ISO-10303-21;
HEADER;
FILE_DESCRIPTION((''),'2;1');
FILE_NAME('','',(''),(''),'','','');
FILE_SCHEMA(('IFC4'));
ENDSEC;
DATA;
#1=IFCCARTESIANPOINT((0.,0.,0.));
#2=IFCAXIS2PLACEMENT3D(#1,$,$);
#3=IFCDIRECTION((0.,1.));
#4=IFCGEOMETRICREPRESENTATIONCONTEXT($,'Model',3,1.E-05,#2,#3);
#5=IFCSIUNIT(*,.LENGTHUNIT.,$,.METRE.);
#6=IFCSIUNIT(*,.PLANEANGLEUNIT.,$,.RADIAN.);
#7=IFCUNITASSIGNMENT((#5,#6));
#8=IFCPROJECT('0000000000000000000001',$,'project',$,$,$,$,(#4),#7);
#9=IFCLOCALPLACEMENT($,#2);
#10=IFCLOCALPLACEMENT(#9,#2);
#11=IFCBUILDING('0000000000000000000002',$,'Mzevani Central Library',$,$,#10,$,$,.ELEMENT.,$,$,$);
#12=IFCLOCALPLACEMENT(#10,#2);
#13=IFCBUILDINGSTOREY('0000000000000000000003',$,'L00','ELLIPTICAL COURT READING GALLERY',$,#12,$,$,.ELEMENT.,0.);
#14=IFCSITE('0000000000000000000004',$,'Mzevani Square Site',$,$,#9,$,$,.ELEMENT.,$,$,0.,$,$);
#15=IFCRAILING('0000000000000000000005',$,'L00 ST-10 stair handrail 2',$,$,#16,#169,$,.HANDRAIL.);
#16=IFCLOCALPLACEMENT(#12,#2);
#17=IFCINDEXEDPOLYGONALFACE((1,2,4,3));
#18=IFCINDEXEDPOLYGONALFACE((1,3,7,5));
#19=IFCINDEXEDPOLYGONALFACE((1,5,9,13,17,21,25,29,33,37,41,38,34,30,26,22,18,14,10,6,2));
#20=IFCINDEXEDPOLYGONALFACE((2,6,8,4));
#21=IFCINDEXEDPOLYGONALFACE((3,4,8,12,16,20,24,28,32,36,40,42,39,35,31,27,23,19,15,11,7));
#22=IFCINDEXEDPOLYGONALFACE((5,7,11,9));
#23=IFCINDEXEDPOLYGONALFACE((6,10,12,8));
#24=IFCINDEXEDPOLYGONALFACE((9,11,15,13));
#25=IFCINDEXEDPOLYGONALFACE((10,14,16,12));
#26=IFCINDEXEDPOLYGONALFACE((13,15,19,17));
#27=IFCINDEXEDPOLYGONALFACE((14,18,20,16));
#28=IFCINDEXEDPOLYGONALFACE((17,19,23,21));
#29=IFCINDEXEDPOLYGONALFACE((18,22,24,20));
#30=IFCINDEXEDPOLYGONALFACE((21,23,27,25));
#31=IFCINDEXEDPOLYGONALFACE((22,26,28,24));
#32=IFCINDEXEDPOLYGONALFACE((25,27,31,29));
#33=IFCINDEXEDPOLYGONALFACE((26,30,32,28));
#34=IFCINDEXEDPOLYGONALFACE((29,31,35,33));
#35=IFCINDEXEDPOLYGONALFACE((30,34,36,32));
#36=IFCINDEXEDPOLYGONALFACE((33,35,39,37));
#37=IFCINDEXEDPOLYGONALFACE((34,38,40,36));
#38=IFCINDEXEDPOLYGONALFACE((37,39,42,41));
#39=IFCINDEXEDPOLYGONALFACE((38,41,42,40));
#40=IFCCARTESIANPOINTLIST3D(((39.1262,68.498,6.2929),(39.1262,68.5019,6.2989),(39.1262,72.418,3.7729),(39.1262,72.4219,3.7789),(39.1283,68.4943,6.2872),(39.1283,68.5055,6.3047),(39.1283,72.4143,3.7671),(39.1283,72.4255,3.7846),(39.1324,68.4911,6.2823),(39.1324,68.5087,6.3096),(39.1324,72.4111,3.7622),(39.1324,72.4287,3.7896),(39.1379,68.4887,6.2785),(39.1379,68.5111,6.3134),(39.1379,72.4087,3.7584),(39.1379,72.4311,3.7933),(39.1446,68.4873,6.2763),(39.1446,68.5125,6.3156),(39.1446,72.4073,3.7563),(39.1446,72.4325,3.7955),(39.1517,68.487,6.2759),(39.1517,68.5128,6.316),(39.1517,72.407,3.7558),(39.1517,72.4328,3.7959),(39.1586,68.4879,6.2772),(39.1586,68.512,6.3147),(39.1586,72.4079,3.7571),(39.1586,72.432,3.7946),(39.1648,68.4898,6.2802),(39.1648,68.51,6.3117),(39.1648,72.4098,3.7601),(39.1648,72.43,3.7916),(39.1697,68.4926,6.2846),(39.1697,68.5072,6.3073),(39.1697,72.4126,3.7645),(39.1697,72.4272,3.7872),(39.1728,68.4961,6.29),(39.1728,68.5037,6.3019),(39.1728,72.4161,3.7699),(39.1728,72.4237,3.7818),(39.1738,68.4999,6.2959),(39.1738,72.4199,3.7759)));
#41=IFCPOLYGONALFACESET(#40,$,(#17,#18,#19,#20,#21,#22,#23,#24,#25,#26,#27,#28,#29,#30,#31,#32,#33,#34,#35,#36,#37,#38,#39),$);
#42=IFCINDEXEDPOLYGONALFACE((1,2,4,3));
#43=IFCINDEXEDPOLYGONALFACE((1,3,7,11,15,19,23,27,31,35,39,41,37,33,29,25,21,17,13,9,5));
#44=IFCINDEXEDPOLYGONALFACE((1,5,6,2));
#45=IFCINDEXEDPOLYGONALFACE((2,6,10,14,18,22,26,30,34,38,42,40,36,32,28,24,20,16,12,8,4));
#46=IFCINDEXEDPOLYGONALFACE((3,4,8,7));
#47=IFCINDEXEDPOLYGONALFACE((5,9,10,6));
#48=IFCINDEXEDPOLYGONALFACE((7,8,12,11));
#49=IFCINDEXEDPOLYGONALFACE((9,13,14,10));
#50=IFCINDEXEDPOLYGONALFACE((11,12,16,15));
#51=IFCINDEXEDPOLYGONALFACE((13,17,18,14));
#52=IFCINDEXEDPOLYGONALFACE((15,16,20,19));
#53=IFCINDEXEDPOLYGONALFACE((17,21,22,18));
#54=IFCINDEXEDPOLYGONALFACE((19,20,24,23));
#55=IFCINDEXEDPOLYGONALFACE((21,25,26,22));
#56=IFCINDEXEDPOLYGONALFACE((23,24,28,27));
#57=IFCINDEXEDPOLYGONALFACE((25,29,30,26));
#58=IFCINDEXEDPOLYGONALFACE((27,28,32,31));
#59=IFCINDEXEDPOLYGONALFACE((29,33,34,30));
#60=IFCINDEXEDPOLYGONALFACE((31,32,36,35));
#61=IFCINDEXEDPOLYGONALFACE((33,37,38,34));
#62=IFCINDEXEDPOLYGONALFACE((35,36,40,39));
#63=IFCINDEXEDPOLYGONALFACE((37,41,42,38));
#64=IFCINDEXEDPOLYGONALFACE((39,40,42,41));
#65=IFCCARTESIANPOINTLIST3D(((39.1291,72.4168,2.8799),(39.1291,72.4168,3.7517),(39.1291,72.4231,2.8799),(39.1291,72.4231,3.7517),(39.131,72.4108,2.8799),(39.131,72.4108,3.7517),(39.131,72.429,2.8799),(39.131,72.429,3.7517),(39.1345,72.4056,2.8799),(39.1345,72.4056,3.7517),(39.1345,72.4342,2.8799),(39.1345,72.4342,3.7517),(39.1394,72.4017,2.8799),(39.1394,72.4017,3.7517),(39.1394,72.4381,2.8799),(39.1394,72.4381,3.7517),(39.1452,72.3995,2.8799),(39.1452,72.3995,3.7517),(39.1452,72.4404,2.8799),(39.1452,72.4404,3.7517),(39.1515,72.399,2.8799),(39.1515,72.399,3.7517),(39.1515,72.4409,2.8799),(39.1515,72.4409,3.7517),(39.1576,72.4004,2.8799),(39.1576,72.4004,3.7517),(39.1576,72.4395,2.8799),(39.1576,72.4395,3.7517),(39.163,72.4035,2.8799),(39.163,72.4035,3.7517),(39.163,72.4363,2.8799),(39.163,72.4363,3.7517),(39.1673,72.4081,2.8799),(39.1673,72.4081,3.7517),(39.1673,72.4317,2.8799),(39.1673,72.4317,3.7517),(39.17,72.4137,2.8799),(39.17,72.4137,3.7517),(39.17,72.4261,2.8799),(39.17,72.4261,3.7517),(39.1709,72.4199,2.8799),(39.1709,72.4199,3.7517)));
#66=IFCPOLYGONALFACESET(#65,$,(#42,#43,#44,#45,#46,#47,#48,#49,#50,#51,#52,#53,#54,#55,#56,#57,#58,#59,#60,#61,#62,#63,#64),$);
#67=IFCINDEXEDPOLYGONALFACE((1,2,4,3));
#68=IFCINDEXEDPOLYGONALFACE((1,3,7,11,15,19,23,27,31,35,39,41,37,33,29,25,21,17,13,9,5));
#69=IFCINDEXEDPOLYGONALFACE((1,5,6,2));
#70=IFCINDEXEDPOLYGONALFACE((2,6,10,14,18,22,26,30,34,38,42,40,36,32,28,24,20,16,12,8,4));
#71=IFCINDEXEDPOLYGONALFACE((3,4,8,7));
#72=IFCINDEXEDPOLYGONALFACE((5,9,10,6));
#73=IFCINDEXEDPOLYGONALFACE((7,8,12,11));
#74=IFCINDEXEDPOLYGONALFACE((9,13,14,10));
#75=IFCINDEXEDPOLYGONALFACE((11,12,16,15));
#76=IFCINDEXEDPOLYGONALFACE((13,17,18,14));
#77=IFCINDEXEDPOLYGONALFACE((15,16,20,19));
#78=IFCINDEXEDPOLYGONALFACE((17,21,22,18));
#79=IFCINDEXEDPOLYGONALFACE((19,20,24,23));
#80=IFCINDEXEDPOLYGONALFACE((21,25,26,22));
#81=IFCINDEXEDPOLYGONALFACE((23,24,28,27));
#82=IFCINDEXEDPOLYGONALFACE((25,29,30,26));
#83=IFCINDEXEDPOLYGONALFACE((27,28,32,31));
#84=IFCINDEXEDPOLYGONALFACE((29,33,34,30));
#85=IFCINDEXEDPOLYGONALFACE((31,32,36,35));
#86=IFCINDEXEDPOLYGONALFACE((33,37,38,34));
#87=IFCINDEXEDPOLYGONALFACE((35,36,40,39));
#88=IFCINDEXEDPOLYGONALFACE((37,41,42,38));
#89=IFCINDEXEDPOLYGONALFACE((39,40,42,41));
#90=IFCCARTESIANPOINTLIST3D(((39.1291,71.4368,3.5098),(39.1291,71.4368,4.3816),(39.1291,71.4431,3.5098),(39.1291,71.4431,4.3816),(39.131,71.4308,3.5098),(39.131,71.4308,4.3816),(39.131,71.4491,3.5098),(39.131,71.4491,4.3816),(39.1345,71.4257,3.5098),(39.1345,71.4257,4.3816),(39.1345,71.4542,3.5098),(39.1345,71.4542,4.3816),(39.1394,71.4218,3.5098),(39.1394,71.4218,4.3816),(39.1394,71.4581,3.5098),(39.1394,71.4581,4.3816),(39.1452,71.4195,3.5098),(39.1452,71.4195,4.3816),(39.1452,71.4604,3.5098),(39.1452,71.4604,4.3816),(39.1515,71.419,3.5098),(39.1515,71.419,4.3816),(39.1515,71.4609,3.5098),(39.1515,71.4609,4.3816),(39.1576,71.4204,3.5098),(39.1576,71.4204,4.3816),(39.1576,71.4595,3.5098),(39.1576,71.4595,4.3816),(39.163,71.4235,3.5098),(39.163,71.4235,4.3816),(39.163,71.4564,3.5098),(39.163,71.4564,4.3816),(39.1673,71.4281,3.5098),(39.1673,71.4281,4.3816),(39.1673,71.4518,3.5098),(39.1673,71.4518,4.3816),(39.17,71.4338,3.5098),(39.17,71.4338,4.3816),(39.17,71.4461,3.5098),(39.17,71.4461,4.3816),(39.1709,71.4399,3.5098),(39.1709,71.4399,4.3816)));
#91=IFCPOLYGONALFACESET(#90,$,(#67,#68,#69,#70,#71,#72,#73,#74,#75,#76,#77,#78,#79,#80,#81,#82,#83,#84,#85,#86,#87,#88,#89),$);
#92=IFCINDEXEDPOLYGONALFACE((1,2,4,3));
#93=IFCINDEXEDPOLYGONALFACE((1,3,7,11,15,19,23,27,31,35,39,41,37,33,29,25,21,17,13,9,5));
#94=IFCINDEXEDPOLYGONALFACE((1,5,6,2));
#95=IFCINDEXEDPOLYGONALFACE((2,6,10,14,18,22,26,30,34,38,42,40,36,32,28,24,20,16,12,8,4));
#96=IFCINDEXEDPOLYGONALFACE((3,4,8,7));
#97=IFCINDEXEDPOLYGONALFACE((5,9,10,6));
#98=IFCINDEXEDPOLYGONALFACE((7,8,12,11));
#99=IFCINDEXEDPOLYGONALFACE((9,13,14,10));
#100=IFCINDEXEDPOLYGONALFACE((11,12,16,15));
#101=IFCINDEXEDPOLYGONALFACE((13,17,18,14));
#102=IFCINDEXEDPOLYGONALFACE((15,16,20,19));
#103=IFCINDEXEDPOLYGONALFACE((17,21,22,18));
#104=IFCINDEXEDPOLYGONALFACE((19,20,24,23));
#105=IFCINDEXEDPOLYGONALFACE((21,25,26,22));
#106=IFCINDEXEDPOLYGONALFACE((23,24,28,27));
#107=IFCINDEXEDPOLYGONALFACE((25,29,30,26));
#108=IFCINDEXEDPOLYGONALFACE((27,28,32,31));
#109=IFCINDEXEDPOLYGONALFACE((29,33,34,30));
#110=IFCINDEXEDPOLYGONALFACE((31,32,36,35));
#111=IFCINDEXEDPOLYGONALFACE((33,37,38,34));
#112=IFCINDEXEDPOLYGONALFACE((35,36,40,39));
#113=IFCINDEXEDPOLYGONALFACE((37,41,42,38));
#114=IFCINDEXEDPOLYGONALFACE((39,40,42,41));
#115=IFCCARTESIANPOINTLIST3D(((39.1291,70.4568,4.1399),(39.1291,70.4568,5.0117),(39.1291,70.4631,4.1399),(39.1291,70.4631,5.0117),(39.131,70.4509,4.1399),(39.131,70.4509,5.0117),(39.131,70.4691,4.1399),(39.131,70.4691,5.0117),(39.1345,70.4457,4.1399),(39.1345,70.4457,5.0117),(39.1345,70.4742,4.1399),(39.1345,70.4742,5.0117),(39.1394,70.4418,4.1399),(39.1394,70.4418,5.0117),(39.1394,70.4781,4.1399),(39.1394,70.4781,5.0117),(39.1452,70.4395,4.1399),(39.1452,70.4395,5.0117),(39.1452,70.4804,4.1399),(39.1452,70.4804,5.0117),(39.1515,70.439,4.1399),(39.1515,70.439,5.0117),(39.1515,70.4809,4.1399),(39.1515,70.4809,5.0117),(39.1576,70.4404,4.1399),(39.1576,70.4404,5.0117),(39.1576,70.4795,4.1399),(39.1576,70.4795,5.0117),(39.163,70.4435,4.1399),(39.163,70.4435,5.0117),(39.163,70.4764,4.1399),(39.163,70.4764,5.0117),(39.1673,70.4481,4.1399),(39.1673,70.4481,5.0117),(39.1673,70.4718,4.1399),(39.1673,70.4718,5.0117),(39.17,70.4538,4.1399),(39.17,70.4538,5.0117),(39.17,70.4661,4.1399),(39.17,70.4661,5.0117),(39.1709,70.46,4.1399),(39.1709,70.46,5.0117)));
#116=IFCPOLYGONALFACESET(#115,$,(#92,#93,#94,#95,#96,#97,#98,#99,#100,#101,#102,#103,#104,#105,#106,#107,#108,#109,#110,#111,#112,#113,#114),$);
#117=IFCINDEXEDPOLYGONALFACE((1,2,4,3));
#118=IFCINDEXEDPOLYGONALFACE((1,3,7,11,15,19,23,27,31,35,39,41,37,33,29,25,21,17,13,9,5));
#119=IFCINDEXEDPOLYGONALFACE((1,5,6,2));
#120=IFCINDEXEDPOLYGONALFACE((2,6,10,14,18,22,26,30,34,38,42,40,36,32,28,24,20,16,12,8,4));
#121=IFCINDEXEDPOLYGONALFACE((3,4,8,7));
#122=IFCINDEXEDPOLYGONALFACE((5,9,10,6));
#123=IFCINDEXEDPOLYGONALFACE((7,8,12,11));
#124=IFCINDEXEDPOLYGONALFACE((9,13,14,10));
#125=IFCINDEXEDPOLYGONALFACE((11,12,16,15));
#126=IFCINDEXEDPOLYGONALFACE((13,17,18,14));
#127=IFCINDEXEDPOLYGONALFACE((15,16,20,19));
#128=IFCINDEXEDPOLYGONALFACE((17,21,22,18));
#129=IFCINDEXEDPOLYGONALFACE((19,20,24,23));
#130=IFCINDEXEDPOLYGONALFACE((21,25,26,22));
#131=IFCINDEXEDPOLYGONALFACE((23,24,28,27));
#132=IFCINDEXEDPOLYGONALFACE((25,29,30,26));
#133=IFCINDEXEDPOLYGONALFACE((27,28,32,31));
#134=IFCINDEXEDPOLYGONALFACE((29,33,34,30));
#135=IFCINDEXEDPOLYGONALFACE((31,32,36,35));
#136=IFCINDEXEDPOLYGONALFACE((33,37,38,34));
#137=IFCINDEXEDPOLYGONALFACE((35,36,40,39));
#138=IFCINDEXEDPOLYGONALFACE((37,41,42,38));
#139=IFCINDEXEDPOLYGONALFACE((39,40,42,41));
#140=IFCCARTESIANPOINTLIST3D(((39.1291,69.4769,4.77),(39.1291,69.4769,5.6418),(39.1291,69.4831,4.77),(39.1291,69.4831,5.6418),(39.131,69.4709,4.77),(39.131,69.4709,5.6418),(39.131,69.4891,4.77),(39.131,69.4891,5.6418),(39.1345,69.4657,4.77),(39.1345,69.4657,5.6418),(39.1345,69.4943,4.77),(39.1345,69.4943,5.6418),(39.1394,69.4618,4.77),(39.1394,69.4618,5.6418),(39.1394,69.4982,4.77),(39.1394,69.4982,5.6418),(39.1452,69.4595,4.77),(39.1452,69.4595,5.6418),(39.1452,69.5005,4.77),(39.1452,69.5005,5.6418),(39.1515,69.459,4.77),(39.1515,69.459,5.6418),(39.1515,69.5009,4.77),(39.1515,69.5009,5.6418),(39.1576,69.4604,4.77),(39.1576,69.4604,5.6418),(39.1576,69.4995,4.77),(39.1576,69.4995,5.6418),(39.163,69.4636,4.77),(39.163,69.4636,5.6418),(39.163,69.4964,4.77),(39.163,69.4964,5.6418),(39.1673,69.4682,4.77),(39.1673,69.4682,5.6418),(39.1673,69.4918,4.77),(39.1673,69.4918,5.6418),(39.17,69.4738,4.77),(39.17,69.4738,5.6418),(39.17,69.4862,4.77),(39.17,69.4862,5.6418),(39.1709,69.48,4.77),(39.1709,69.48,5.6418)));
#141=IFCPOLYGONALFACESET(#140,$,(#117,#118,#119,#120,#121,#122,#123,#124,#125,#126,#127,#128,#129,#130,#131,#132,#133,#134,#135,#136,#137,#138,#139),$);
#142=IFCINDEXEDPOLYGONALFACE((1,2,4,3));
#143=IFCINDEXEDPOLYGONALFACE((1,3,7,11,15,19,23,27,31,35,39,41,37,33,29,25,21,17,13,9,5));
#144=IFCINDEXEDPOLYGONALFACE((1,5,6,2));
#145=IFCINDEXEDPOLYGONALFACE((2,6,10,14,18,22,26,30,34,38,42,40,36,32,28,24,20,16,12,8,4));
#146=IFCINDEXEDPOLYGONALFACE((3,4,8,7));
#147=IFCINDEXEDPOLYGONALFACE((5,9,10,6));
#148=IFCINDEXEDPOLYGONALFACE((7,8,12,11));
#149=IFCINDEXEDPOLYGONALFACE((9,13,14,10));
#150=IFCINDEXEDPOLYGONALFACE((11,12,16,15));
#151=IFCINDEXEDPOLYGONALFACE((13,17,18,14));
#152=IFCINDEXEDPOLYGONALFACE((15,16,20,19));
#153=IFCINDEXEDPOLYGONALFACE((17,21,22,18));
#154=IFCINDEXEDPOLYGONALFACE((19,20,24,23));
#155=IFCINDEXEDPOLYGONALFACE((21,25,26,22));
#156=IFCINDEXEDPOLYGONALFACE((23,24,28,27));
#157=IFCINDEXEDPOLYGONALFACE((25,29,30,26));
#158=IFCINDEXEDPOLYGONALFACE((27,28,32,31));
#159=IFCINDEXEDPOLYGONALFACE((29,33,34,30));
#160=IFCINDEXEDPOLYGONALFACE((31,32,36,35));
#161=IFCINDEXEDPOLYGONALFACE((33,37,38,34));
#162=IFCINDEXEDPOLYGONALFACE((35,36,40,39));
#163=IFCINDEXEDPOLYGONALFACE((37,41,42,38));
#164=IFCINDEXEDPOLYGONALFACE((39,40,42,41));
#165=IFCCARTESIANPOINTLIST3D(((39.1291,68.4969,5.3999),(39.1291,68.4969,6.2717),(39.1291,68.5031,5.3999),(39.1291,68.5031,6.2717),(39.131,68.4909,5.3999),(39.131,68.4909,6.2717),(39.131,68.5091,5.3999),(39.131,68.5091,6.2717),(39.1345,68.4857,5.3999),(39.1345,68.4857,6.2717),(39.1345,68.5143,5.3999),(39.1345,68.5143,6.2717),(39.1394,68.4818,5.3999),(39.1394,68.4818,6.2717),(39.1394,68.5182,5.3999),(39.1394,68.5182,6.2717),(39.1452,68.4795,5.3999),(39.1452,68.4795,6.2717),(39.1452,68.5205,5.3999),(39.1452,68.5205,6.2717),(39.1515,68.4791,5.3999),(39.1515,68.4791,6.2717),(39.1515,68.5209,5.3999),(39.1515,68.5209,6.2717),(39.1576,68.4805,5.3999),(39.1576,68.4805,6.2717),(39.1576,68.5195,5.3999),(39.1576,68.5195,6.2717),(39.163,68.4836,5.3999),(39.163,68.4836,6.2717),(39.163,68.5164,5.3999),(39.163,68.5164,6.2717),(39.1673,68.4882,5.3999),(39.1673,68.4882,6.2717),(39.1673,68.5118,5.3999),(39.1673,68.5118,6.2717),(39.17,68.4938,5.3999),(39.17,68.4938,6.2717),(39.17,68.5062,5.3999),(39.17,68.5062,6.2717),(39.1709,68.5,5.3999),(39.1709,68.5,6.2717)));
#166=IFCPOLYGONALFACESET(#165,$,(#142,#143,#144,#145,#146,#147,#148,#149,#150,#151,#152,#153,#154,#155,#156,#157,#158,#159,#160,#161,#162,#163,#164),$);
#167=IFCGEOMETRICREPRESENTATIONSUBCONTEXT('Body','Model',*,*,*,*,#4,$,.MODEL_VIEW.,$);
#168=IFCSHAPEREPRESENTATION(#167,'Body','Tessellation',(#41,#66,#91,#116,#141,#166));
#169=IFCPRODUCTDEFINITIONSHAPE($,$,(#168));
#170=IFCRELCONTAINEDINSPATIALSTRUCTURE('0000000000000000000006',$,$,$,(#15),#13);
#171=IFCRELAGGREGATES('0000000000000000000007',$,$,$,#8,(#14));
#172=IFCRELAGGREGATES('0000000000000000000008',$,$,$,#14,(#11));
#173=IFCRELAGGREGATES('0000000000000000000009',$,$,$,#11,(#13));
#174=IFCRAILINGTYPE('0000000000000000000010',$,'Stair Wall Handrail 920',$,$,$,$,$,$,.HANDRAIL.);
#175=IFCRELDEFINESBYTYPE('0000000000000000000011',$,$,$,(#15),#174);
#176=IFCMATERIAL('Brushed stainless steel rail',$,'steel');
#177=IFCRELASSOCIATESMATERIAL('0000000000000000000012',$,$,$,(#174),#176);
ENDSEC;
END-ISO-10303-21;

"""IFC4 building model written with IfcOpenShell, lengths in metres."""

from ifc_helpers import new_model, si_unit, direction, frame, origin, origin_2d, place, context, subcontext, project, spatial, circle, extrude, material, type_object, element, save


model = new_model("IFC4")

# Units and contexts
model_context = context("Model", 3, precision=1e-05, world=origin(), true_north=direction((0.0, 1.0)))
body_context = subcontext(model_context, "Body", "Model", "MODEL_VIEW")
ifc_project = project(units=[si_unit("LENGTHUNIT", "METRE"), si_unit("PLANEANGLEUNIT", "RADIAN")], contexts=[model_context])

# Site, building, storey
site_placement = place(None, origin())
site = spatial("IfcSite", under=ifc_project, at=site_placement, Name="Mzevani Square Site", CompositionType="ELEMENT", RefElevation=0.0)
building_placement = place(site_placement, origin())
building = spatial("IfcBuilding", under=site, at=building_placement, Name="Mzevani Central Library", CompositionType="ELEMENT")
storey_placement = place(building_placement, origin())
storey = spatial("IfcBuildingStorey", under=building, at=storey_placement, Name="L00", Description="ELLIPTICAL COURT READING GALLERY", CompositionType="ELEMENT", Elevation=0.0)

# Railing
ifc_material_1 = material(Name="Brushed stainless steel rail", Category="steel")
railing_type_1 = type_object("IfcRailingType", Name="Stair Wall Handrail 920", PredefinedType="HANDRAIL", material=ifc_material_1)
railing_1_placement = place(storey_placement, frame((39.1499, 72.4199, 2.8799)))
element("IfcRailing", 1, at=railing_1_placement, inside=storey, type_object=railing_type_1, Name="L00 ST-10 stair handrail 2", PredefinedType="HANDRAIL", context=body_context, shape_type="SweptSolid", body=[
    extrude(circle(Radius=0.0239, at=origin_2d()), frame((0.0, 0.0, 0.896), z_axis=(0.0, -0.841172, 0.540768), x_axis=(1.0, 0.0, 0.0)), (0.0, 0.0, 1.0), 4.6602),
    extrude(circle(Radius=0.021, at=origin_2d()), origin(), (0.0, 0.0, 1.0), 0.8718),
    extrude(circle(Radius=0.021, at=origin_2d()), frame((0.0, -0.98, 0.6299)), (0.0, 0.0, 1.0), 0.8718),
    extrude(circle(Radius=0.021, at=origin_2d()), frame((0.0, -1.96, 1.26)), (0.0, 0.0, 1.0), 0.8718),
    extrude(circle(Radius=0.021, at=origin_2d()), frame((0.0, -2.9399, 1.8901)), (0.0, 0.0, 1.0), 0.8718),
    extrude(circle(Radius=0.021, at=origin_2d()), frame((0.0, -3.9199, 2.52)), (0.0, 0.0, 1.0), 0.8718),
])

save(model, "model.ifc")
